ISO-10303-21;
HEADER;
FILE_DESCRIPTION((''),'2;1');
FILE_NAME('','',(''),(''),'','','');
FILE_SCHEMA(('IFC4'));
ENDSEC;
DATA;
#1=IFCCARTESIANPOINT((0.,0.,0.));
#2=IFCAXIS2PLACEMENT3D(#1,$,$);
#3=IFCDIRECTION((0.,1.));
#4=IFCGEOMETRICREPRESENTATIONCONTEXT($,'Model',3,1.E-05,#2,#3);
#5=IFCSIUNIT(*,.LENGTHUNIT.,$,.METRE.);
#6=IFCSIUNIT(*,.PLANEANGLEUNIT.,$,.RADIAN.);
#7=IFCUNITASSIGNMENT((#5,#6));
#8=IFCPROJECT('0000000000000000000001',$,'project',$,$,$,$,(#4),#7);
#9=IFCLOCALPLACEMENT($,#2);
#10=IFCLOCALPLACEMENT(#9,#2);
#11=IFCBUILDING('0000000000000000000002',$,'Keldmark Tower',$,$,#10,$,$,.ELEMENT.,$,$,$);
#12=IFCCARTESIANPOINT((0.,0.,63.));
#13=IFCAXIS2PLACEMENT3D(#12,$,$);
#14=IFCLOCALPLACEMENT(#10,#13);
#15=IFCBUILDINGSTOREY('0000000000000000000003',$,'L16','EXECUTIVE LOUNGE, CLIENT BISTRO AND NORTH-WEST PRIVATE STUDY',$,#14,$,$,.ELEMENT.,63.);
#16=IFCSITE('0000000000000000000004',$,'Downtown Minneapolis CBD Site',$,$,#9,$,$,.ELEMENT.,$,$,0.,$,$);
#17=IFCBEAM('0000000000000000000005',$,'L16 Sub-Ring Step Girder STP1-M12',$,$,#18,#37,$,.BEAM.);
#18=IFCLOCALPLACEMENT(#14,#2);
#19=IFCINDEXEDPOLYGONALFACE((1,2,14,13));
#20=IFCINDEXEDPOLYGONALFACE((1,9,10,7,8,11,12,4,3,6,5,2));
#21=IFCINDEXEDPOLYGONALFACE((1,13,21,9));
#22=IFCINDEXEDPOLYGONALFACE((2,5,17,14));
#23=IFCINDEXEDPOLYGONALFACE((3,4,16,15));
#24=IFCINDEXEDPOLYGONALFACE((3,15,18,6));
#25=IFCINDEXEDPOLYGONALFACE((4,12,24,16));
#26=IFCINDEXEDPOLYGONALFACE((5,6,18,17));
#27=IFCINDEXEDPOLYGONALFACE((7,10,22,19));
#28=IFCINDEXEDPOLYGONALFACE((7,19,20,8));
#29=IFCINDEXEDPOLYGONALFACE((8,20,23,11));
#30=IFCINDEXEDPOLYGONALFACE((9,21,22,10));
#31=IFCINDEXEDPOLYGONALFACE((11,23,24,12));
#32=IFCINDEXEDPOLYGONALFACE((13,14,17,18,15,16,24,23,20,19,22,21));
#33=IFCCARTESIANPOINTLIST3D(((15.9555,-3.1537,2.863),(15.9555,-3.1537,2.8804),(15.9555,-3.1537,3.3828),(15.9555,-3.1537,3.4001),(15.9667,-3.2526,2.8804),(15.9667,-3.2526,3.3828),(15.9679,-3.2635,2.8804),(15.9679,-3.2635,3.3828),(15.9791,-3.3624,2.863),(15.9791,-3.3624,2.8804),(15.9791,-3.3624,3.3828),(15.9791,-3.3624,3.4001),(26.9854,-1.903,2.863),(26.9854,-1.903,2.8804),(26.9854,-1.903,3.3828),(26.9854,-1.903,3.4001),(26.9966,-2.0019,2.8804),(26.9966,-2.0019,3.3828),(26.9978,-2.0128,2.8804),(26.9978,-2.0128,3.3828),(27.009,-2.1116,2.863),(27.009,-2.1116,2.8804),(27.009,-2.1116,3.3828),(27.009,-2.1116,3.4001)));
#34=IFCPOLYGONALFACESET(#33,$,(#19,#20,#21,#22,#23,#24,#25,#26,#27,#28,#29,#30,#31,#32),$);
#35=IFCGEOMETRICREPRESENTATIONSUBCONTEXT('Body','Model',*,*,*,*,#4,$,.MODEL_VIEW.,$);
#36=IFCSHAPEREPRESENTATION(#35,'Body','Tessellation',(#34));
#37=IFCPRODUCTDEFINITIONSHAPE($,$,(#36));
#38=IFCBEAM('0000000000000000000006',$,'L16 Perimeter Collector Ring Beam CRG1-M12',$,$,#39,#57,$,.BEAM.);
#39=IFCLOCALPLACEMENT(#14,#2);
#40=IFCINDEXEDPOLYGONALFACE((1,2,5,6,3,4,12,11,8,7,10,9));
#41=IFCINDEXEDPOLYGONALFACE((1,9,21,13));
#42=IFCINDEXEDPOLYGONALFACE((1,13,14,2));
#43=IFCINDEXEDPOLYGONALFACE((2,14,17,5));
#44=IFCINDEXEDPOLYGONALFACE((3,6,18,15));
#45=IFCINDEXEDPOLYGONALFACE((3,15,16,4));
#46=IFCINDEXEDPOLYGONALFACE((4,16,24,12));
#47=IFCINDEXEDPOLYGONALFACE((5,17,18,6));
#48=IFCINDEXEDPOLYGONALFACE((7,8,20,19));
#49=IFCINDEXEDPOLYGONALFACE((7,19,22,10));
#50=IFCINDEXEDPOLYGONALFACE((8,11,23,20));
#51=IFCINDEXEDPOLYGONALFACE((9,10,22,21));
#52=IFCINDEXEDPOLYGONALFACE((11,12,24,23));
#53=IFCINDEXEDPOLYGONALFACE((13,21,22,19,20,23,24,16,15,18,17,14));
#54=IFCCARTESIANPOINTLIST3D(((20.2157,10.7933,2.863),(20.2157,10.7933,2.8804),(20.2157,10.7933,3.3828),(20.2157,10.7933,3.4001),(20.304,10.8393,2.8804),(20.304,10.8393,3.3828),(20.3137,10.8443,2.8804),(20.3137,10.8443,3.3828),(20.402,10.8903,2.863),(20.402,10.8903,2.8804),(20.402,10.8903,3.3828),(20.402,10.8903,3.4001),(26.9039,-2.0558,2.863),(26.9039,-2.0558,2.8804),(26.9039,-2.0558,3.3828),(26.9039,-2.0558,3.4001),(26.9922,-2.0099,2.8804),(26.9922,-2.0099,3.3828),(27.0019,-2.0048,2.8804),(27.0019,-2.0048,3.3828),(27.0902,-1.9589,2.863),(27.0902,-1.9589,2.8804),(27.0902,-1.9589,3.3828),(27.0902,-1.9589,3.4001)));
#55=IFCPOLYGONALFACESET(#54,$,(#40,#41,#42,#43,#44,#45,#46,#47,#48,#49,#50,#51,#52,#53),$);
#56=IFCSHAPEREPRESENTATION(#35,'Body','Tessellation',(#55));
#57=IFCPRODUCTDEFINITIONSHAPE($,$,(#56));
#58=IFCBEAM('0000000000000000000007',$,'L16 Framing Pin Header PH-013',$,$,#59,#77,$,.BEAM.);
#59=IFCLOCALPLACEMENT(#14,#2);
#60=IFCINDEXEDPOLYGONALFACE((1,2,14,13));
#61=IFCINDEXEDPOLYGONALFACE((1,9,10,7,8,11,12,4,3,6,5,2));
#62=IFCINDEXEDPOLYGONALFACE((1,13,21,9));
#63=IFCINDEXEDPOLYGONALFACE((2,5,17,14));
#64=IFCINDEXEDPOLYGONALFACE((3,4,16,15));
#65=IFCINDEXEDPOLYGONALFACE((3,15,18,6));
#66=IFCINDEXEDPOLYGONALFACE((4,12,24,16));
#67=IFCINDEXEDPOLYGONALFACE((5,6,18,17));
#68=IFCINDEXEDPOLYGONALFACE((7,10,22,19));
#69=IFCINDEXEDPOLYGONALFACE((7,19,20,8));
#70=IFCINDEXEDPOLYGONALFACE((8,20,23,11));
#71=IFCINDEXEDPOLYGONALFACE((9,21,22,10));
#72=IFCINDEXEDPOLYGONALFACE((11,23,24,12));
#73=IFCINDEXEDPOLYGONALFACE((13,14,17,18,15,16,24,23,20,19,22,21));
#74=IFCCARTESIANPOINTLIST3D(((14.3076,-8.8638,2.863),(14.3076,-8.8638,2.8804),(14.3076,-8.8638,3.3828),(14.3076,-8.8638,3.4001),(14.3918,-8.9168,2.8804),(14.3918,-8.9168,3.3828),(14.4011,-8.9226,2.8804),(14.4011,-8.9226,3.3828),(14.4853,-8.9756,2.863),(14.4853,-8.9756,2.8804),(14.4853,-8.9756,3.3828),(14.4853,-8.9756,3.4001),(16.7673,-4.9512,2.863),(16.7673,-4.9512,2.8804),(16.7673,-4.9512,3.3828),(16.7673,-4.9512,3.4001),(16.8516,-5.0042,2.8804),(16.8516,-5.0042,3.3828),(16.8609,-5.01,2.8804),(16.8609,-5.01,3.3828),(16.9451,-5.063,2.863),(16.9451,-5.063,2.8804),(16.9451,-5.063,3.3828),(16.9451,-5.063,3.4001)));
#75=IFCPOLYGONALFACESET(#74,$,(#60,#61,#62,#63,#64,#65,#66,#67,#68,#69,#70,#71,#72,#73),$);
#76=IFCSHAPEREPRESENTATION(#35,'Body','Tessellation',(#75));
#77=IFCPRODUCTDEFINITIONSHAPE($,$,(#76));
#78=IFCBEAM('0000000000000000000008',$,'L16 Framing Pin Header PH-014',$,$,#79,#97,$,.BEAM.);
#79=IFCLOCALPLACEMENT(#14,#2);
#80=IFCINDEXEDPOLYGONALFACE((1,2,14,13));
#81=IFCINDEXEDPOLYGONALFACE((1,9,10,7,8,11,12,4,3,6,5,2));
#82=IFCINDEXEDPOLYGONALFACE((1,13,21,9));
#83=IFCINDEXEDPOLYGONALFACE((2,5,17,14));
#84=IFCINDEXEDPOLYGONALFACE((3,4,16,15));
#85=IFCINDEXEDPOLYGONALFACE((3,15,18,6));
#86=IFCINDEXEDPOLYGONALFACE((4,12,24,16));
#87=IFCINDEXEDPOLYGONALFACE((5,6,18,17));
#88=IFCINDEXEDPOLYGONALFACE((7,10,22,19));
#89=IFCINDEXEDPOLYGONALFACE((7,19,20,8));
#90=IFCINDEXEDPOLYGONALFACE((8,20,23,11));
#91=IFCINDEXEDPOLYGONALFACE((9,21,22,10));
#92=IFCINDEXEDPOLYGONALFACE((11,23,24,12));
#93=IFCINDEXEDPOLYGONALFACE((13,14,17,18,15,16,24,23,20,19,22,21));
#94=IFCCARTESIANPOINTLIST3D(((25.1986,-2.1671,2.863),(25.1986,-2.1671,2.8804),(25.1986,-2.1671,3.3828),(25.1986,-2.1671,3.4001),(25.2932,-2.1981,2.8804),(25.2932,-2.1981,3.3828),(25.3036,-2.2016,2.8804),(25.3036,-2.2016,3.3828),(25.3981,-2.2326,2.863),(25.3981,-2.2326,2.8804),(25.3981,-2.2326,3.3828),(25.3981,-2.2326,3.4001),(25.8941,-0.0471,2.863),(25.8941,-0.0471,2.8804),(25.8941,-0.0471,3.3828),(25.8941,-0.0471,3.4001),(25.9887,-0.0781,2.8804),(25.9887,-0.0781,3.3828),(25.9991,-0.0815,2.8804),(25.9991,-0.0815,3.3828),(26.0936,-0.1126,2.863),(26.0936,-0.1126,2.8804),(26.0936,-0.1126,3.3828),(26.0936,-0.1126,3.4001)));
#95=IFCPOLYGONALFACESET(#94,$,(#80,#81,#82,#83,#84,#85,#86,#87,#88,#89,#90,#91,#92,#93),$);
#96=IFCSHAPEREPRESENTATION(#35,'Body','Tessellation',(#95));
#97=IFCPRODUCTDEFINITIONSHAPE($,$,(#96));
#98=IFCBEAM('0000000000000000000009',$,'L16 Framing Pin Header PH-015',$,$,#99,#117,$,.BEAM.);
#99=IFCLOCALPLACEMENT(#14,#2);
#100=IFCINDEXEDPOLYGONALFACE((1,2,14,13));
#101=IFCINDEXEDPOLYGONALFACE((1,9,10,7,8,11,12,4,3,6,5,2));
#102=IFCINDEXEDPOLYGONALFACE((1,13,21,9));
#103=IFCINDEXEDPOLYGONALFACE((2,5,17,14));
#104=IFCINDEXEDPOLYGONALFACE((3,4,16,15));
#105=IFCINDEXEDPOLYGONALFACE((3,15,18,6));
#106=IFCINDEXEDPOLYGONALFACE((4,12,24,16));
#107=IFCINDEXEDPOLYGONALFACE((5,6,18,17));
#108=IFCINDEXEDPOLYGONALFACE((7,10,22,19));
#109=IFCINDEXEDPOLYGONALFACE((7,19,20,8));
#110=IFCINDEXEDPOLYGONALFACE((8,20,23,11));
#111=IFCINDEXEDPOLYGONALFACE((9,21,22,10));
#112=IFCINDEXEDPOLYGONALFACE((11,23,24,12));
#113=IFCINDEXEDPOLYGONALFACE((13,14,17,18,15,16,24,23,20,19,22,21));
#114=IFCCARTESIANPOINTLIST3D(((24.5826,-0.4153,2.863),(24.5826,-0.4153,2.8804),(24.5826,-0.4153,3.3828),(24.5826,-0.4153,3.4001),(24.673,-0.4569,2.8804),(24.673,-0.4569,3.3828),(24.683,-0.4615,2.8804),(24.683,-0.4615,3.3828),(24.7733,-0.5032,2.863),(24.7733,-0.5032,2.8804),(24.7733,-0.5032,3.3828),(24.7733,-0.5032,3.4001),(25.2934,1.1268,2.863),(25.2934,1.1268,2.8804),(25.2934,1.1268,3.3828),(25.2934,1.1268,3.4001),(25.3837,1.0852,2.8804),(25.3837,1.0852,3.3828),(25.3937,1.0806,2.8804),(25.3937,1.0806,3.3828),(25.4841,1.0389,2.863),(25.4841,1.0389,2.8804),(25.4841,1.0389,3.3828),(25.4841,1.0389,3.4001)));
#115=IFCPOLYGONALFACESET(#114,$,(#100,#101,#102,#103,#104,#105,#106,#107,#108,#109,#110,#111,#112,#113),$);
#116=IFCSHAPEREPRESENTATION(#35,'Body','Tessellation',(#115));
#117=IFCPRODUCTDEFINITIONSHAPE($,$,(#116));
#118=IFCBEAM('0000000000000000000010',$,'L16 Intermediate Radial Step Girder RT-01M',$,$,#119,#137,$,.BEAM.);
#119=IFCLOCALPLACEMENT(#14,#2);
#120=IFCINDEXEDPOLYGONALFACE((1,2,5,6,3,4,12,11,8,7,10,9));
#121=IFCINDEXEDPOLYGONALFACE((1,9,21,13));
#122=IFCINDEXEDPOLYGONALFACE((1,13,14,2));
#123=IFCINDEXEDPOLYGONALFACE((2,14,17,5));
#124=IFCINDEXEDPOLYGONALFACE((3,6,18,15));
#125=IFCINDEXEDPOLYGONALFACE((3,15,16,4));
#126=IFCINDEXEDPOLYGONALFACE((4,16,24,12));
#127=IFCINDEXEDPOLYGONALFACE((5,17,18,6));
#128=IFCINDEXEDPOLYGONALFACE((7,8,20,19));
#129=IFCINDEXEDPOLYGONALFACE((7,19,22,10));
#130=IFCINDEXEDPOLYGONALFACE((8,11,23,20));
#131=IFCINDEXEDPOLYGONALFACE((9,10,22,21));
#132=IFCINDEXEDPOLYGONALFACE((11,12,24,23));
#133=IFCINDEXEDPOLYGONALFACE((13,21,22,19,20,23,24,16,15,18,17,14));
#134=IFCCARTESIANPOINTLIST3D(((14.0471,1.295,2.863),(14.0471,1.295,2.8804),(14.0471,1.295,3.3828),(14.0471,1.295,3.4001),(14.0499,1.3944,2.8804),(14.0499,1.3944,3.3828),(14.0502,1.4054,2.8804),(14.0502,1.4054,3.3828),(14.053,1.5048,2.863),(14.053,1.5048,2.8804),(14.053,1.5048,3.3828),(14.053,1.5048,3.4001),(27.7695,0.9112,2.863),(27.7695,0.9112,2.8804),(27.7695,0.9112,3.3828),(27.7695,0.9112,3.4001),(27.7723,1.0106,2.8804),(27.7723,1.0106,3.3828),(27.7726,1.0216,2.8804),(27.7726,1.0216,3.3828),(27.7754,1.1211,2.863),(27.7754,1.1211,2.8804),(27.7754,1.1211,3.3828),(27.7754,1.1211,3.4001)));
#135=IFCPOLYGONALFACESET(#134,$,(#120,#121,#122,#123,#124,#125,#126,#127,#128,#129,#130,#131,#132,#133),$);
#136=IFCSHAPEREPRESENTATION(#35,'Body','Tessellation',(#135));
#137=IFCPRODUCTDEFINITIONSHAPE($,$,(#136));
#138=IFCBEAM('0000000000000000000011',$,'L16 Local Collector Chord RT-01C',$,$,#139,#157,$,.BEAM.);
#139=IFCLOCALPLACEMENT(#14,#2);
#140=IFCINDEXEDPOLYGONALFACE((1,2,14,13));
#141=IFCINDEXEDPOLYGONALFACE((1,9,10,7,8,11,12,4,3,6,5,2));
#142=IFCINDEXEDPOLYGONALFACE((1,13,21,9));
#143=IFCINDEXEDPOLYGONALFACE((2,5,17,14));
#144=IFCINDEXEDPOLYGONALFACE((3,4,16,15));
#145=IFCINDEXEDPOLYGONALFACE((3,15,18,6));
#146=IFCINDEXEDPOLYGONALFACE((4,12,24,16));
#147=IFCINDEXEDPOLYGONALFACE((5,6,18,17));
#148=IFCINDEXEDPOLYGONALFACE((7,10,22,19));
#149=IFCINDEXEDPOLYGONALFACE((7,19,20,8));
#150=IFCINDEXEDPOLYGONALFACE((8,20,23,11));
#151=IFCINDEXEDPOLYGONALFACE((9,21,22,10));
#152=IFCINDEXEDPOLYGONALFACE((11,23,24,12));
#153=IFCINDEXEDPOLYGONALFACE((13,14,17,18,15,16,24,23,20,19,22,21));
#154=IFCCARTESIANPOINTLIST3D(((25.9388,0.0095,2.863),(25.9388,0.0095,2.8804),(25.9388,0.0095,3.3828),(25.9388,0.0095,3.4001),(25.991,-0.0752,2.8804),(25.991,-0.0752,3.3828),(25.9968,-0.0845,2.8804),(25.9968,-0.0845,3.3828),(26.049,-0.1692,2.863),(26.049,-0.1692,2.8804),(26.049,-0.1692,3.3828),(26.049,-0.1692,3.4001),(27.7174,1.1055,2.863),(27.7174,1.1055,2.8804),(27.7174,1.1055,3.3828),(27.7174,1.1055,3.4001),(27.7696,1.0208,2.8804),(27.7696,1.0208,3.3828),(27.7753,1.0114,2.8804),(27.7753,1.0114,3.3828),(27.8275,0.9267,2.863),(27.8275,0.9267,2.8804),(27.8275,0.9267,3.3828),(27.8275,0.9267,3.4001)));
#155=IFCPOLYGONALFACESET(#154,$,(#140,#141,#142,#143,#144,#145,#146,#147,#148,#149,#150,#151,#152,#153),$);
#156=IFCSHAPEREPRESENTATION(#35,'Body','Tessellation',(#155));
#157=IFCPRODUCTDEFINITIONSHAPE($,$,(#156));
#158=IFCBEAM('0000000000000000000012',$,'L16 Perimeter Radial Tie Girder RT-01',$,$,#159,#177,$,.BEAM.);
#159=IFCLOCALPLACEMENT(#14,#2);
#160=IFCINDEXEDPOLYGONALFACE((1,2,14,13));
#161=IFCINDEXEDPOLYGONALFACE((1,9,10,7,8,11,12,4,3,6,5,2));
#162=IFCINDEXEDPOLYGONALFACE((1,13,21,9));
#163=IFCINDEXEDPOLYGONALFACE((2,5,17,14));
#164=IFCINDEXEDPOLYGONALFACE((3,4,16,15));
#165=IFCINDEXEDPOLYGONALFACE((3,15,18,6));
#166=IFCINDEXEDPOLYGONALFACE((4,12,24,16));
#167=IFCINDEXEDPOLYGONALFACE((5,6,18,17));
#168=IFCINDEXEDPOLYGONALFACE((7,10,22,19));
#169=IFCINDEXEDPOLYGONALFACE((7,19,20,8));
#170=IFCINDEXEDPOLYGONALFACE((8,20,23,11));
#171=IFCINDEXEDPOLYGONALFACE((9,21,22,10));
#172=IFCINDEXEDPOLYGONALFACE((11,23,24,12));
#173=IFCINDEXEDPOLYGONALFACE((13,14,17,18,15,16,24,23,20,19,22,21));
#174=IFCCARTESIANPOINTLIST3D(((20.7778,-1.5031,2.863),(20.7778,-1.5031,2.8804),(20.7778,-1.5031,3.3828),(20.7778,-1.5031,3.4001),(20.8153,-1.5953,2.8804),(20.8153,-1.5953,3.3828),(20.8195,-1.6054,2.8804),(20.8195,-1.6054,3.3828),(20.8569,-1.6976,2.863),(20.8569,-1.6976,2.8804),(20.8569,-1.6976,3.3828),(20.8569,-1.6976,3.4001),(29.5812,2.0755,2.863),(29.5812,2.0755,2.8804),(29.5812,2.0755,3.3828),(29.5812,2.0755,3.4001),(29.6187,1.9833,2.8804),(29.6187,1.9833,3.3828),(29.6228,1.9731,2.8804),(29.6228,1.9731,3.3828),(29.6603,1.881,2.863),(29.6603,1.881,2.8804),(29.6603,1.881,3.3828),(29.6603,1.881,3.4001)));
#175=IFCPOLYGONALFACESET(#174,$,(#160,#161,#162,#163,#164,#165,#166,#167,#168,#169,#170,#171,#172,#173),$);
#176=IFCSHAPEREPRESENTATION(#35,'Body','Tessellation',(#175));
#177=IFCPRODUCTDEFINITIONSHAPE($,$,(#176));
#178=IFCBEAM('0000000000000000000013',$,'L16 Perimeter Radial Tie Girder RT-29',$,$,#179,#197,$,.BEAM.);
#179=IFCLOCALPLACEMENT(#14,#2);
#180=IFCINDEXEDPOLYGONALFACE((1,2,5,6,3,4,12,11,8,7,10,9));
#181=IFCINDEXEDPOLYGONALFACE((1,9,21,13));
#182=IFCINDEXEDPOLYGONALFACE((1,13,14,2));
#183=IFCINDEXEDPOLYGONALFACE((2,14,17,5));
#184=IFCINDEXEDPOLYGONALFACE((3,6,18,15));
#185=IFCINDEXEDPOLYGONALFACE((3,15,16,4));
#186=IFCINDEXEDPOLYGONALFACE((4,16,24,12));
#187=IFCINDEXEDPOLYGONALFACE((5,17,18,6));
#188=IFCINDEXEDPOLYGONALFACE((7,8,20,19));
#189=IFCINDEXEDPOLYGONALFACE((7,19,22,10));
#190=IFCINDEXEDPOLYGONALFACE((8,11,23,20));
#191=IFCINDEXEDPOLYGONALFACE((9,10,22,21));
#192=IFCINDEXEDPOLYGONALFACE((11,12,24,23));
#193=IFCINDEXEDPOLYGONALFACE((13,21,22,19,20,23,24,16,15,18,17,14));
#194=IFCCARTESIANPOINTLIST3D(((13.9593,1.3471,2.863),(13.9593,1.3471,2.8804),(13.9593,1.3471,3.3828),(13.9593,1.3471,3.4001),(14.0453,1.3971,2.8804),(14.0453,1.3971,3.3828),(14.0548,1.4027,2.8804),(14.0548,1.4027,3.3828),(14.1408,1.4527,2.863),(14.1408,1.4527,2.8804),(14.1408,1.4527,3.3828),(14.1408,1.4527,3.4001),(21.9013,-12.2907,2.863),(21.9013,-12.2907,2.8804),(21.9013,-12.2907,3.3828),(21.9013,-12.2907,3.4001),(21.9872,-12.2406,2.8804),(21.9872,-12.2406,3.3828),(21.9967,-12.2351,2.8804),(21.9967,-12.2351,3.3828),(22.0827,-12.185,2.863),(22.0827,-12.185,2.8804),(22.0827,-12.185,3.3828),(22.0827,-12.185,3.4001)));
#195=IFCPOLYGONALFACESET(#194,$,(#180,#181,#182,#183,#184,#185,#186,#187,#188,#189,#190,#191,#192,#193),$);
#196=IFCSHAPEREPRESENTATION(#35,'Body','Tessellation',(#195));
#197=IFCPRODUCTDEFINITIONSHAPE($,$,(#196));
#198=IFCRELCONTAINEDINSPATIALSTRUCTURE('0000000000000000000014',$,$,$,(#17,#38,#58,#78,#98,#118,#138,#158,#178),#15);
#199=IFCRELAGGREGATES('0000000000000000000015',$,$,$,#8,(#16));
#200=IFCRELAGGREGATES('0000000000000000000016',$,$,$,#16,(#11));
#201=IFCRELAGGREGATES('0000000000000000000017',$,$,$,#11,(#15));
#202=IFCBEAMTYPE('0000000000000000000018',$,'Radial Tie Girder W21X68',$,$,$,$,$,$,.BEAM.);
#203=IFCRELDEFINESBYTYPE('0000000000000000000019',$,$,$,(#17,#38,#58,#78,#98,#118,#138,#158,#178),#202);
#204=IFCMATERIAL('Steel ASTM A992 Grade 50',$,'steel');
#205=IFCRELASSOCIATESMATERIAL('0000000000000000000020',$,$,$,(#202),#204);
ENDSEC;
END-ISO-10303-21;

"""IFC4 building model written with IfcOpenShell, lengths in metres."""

from ifc_helpers import new_model, si_unit, direction, frame, origin, origin_2d, place, context, subcontext, project, spatial, i_section, extrude, material, material_profile, profile_set, type_object, element, save


model = new_model("IFC4")

# Units and contexts
model_context = context("Model", 3, precision=1e-05, world=origin(), true_north=direction((0.0, 1.0)))
body_context = subcontext(model_context, "Body", "Model", "MODEL_VIEW")
ifc_project = project(units=[si_unit("LENGTHUNIT", "METRE"), si_unit("PLANEANGLEUNIT", "RADIAN")], contexts=[model_context])

# Site, building, storey
site_placement = place(None, origin())
site = spatial("IfcSite", under=ifc_project, at=site_placement, Name="Downtown Minneapolis CBD Site", CompositionType="ELEMENT", RefElevation=0.0)
building_placement = place(site_placement, origin())
building = spatial("IfcBuilding", under=site, at=building_placement, Name="Keldmark Tower", CompositionType="ELEMENT")
storey_placement = place(building_placement, frame((0.0, 0.0, 63.0)))
storey = spatial("IfcBuildingStorey", under=building, at=storey_placement, Name="L16", Description="EXECUTIVE LOUNGE, CLIENT BISTRO AND NORTH-WEST PRIVATE STUDY", CompositionType="ELEMENT", Elevation=63.0)

# Beams
ifc_material_1 = material(Name="Steel ASTM A992 Grade 50", Category="steel")
ifc_material_profile_1 = material_profile(ifc_material_1, i_section(OverallWidth=0.21, OverallDepth=0.5371, WebThickness=0.011, FlangeThickness=0.0173, at=origin_2d()), Name="W21X68")
ifc_profile_set_1 = profile_set([ifc_material_profile_1], Name="Steel ASTM A992 Grade 50")
beam_type_1 = type_object("IfcBeamType", Name="Radial Tie Girder W21X68", PredefinedType="BEAM", material=ifc_profile_set_1)
beam_1_placement = place(storey_placement, frame((15.9673, -3.2581, 3.1316), z_axis=(0.993632, 0.112674, 0.0), x_axis=(-0.112674, 0.993632, 0.0)))
element("IfcBeam", 1, at=beam_1_placement, inside=storey, type_object=beam_type_1, Name="L16 Sub-Ring Step Girder STP1-M12", PredefinedType="BEAM", context=body_context, shape_type="SweptSolid", body=[
    extrude(i_section(OverallWidth=0.21, OverallDepth=0.5371, WebThickness=0.011, FlangeThickness=0.0173, at=origin_2d()), origin(), (0.0, 0.0, 1.0), 11.1006),
])
beam_2_placement = place(storey_placement, frame((26.9971, -2.0073, 3.1316), z_axis=(-0.461716, 0.887028, 0.0), x_axis=(-0.887028, -0.461716, 0.0)))
element("IfcBeam", 2, at=beam_2_placement, inside=storey, type_object=beam_type_1, Name="L16 Perimeter Collector Ring Beam CRG1-M12", PredefinedType="BEAM", context=body_context, shape_type="SweptSolid", body=[
    extrude(i_section(OverallWidth=0.21, OverallDepth=0.5371, WebThickness=0.011, FlangeThickness=0.0173, at=origin_2d()), origin(), (0.0, 0.0, 1.0), 14.4856),
])
beam_3_placement = place(storey_placement, frame((16.8562, -5.0071, 3.1316), z_axis=(-0.532229, -0.846601, 0.0), x_axis=(0.846601, -0.532229, 0.0)))
element("IfcBeam", 3, at=beam_3_placement, inside=storey, type_object=beam_type_1, Name="L16 Framing Pin Header PH-013", PredefinedType="BEAM", context=body_context, shape_type="SweptSolid", body=[
    extrude(i_section(OverallWidth=0.21, OverallDepth=0.5371, WebThickness=0.011, FlangeThickness=0.0173, at=origin_2d()), origin(), (0.0, 0.0, 1.0), 4.6216),
])
beam_4_placement = place(storey_placement, frame((25.9939, -0.0798, 3.1316), z_axis=(-0.311727, -0.950172, 0.0), x_axis=(0.950172, -0.311727, 0.0)))
element("IfcBeam", 4, at=beam_4_placement, inside=storey, type_object=beam_type_1, Name="L16 Framing Pin Header PH-014", PredefinedType="BEAM", context=body_context, shape_type="SweptSolid", body=[
    extrude(i_section(OverallWidth=0.21, OverallDepth=0.5371, WebThickness=0.011, FlangeThickness=0.0173, at=origin_2d()), origin(), (0.0, 0.0, 1.0), 2.2312),
])
beam_5_placement = place(storey_placement, frame((24.678, -0.4592, 3.1316), z_axis=(0.418575, 0.908182, 0.0), x_axis=(-0.908182, 0.418575, 0.0)))
element("IfcBeam", 5, at=beam_5_placement, inside=storey, type_object=beam_type_1, Name="L16 Framing Pin Header PH-015", PredefinedType="BEAM", context=body_context, shape_type="SweptSolid", body=[
    extrude(i_section(OverallWidth=0.21, OverallDepth=0.5371, WebThickness=0.011, FlangeThickness=0.0173, at=origin_2d()), origin(), (0.0, 0.0, 1.0), 1.698),
])
beam_6_placement = place(storey_placement, frame((14.05, 1.3999, 3.1316), z_axis=(0.999609, -0.027957, 0.0), x_axis=(0.027957, 0.999609, 0.0)))
element("IfcBeam", 6, at=beam_6_placement, inside=storey, type_object=beam_type_1, Name="L16 Intermediate Radial Step Girder RT-01M", PredefinedType="BEAM", context=body_context, shape_type="SweptSolid", body=[
    extrude(i_section(OverallWidth=0.21, OverallDepth=0.5371, WebThickness=0.011, FlangeThickness=0.0173, at=origin_2d()), origin(), (0.0, 0.0, 1.0), 13.7278),
])
beam_7_placement = place(storey_placement, frame((25.9939, -0.0798, 3.1316), z_axis=(0.851349, 0.524599, 0.0), x_axis=(-0.524599, 0.851349, 0.0)))
element("IfcBeam", 7, at=beam_7_placement, inside=storey, type_object=beam_type_1, Name="L16 Local Collector Chord RT-01C", PredefinedType="BEAM", context=body_context, shape_type="SweptSolid", body=[
    extrude(i_section(OverallWidth=0.21, OverallDepth=0.5371, WebThickness=0.011, FlangeThickness=0.0173, at=origin_2d()), origin(), (0.0, 0.0, 1.0), 2.0891),
])
beam_8_placement = place(storey_placement, frame((20.8174, -1.6003, 3.1316), z_axis=(0.926386, 0.376576, 0.0), x_axis=(-0.376576, 0.926386, 0.0)))
element("IfcBeam", 8, at=beam_8_placement, inside=storey, type_object=beam_type_1, Name="L16 Perimeter Radial Tie Girder RT-01", PredefinedType="BEAM", context=body_context, shape_type="SweptSolid", body=[
    extrude(i_section(OverallWidth=0.21, OverallDepth=0.5371, WebThickness=0.011, FlangeThickness=0.0173, at=origin_2d()), origin(), (0.0, 0.0, 1.0), 9.5029),
])
beam_9_placement = place(storey_placement, frame((14.05, 1.3999, 3.1316), z_axis=(0.503236, -0.864149, 0.0), x_axis=(0.864149, 0.503236, 0.0)))
element("IfcBeam", 9, at=beam_9_placement, inside=storey, type_object=beam_type_1, Name="L16 Perimeter Radial Tie Girder RT-29", PredefinedType="BEAM", context=body_context, shape_type="SweptSolid", body=[
    extrude(i_section(OverallWidth=0.21, OverallDepth=0.5371, WebThickness=0.011, FlangeThickness=0.0173, at=origin_2d()), origin(), (0.0, 0.0, 1.0), 15.7817),
])

save(model, "model.ifc")
